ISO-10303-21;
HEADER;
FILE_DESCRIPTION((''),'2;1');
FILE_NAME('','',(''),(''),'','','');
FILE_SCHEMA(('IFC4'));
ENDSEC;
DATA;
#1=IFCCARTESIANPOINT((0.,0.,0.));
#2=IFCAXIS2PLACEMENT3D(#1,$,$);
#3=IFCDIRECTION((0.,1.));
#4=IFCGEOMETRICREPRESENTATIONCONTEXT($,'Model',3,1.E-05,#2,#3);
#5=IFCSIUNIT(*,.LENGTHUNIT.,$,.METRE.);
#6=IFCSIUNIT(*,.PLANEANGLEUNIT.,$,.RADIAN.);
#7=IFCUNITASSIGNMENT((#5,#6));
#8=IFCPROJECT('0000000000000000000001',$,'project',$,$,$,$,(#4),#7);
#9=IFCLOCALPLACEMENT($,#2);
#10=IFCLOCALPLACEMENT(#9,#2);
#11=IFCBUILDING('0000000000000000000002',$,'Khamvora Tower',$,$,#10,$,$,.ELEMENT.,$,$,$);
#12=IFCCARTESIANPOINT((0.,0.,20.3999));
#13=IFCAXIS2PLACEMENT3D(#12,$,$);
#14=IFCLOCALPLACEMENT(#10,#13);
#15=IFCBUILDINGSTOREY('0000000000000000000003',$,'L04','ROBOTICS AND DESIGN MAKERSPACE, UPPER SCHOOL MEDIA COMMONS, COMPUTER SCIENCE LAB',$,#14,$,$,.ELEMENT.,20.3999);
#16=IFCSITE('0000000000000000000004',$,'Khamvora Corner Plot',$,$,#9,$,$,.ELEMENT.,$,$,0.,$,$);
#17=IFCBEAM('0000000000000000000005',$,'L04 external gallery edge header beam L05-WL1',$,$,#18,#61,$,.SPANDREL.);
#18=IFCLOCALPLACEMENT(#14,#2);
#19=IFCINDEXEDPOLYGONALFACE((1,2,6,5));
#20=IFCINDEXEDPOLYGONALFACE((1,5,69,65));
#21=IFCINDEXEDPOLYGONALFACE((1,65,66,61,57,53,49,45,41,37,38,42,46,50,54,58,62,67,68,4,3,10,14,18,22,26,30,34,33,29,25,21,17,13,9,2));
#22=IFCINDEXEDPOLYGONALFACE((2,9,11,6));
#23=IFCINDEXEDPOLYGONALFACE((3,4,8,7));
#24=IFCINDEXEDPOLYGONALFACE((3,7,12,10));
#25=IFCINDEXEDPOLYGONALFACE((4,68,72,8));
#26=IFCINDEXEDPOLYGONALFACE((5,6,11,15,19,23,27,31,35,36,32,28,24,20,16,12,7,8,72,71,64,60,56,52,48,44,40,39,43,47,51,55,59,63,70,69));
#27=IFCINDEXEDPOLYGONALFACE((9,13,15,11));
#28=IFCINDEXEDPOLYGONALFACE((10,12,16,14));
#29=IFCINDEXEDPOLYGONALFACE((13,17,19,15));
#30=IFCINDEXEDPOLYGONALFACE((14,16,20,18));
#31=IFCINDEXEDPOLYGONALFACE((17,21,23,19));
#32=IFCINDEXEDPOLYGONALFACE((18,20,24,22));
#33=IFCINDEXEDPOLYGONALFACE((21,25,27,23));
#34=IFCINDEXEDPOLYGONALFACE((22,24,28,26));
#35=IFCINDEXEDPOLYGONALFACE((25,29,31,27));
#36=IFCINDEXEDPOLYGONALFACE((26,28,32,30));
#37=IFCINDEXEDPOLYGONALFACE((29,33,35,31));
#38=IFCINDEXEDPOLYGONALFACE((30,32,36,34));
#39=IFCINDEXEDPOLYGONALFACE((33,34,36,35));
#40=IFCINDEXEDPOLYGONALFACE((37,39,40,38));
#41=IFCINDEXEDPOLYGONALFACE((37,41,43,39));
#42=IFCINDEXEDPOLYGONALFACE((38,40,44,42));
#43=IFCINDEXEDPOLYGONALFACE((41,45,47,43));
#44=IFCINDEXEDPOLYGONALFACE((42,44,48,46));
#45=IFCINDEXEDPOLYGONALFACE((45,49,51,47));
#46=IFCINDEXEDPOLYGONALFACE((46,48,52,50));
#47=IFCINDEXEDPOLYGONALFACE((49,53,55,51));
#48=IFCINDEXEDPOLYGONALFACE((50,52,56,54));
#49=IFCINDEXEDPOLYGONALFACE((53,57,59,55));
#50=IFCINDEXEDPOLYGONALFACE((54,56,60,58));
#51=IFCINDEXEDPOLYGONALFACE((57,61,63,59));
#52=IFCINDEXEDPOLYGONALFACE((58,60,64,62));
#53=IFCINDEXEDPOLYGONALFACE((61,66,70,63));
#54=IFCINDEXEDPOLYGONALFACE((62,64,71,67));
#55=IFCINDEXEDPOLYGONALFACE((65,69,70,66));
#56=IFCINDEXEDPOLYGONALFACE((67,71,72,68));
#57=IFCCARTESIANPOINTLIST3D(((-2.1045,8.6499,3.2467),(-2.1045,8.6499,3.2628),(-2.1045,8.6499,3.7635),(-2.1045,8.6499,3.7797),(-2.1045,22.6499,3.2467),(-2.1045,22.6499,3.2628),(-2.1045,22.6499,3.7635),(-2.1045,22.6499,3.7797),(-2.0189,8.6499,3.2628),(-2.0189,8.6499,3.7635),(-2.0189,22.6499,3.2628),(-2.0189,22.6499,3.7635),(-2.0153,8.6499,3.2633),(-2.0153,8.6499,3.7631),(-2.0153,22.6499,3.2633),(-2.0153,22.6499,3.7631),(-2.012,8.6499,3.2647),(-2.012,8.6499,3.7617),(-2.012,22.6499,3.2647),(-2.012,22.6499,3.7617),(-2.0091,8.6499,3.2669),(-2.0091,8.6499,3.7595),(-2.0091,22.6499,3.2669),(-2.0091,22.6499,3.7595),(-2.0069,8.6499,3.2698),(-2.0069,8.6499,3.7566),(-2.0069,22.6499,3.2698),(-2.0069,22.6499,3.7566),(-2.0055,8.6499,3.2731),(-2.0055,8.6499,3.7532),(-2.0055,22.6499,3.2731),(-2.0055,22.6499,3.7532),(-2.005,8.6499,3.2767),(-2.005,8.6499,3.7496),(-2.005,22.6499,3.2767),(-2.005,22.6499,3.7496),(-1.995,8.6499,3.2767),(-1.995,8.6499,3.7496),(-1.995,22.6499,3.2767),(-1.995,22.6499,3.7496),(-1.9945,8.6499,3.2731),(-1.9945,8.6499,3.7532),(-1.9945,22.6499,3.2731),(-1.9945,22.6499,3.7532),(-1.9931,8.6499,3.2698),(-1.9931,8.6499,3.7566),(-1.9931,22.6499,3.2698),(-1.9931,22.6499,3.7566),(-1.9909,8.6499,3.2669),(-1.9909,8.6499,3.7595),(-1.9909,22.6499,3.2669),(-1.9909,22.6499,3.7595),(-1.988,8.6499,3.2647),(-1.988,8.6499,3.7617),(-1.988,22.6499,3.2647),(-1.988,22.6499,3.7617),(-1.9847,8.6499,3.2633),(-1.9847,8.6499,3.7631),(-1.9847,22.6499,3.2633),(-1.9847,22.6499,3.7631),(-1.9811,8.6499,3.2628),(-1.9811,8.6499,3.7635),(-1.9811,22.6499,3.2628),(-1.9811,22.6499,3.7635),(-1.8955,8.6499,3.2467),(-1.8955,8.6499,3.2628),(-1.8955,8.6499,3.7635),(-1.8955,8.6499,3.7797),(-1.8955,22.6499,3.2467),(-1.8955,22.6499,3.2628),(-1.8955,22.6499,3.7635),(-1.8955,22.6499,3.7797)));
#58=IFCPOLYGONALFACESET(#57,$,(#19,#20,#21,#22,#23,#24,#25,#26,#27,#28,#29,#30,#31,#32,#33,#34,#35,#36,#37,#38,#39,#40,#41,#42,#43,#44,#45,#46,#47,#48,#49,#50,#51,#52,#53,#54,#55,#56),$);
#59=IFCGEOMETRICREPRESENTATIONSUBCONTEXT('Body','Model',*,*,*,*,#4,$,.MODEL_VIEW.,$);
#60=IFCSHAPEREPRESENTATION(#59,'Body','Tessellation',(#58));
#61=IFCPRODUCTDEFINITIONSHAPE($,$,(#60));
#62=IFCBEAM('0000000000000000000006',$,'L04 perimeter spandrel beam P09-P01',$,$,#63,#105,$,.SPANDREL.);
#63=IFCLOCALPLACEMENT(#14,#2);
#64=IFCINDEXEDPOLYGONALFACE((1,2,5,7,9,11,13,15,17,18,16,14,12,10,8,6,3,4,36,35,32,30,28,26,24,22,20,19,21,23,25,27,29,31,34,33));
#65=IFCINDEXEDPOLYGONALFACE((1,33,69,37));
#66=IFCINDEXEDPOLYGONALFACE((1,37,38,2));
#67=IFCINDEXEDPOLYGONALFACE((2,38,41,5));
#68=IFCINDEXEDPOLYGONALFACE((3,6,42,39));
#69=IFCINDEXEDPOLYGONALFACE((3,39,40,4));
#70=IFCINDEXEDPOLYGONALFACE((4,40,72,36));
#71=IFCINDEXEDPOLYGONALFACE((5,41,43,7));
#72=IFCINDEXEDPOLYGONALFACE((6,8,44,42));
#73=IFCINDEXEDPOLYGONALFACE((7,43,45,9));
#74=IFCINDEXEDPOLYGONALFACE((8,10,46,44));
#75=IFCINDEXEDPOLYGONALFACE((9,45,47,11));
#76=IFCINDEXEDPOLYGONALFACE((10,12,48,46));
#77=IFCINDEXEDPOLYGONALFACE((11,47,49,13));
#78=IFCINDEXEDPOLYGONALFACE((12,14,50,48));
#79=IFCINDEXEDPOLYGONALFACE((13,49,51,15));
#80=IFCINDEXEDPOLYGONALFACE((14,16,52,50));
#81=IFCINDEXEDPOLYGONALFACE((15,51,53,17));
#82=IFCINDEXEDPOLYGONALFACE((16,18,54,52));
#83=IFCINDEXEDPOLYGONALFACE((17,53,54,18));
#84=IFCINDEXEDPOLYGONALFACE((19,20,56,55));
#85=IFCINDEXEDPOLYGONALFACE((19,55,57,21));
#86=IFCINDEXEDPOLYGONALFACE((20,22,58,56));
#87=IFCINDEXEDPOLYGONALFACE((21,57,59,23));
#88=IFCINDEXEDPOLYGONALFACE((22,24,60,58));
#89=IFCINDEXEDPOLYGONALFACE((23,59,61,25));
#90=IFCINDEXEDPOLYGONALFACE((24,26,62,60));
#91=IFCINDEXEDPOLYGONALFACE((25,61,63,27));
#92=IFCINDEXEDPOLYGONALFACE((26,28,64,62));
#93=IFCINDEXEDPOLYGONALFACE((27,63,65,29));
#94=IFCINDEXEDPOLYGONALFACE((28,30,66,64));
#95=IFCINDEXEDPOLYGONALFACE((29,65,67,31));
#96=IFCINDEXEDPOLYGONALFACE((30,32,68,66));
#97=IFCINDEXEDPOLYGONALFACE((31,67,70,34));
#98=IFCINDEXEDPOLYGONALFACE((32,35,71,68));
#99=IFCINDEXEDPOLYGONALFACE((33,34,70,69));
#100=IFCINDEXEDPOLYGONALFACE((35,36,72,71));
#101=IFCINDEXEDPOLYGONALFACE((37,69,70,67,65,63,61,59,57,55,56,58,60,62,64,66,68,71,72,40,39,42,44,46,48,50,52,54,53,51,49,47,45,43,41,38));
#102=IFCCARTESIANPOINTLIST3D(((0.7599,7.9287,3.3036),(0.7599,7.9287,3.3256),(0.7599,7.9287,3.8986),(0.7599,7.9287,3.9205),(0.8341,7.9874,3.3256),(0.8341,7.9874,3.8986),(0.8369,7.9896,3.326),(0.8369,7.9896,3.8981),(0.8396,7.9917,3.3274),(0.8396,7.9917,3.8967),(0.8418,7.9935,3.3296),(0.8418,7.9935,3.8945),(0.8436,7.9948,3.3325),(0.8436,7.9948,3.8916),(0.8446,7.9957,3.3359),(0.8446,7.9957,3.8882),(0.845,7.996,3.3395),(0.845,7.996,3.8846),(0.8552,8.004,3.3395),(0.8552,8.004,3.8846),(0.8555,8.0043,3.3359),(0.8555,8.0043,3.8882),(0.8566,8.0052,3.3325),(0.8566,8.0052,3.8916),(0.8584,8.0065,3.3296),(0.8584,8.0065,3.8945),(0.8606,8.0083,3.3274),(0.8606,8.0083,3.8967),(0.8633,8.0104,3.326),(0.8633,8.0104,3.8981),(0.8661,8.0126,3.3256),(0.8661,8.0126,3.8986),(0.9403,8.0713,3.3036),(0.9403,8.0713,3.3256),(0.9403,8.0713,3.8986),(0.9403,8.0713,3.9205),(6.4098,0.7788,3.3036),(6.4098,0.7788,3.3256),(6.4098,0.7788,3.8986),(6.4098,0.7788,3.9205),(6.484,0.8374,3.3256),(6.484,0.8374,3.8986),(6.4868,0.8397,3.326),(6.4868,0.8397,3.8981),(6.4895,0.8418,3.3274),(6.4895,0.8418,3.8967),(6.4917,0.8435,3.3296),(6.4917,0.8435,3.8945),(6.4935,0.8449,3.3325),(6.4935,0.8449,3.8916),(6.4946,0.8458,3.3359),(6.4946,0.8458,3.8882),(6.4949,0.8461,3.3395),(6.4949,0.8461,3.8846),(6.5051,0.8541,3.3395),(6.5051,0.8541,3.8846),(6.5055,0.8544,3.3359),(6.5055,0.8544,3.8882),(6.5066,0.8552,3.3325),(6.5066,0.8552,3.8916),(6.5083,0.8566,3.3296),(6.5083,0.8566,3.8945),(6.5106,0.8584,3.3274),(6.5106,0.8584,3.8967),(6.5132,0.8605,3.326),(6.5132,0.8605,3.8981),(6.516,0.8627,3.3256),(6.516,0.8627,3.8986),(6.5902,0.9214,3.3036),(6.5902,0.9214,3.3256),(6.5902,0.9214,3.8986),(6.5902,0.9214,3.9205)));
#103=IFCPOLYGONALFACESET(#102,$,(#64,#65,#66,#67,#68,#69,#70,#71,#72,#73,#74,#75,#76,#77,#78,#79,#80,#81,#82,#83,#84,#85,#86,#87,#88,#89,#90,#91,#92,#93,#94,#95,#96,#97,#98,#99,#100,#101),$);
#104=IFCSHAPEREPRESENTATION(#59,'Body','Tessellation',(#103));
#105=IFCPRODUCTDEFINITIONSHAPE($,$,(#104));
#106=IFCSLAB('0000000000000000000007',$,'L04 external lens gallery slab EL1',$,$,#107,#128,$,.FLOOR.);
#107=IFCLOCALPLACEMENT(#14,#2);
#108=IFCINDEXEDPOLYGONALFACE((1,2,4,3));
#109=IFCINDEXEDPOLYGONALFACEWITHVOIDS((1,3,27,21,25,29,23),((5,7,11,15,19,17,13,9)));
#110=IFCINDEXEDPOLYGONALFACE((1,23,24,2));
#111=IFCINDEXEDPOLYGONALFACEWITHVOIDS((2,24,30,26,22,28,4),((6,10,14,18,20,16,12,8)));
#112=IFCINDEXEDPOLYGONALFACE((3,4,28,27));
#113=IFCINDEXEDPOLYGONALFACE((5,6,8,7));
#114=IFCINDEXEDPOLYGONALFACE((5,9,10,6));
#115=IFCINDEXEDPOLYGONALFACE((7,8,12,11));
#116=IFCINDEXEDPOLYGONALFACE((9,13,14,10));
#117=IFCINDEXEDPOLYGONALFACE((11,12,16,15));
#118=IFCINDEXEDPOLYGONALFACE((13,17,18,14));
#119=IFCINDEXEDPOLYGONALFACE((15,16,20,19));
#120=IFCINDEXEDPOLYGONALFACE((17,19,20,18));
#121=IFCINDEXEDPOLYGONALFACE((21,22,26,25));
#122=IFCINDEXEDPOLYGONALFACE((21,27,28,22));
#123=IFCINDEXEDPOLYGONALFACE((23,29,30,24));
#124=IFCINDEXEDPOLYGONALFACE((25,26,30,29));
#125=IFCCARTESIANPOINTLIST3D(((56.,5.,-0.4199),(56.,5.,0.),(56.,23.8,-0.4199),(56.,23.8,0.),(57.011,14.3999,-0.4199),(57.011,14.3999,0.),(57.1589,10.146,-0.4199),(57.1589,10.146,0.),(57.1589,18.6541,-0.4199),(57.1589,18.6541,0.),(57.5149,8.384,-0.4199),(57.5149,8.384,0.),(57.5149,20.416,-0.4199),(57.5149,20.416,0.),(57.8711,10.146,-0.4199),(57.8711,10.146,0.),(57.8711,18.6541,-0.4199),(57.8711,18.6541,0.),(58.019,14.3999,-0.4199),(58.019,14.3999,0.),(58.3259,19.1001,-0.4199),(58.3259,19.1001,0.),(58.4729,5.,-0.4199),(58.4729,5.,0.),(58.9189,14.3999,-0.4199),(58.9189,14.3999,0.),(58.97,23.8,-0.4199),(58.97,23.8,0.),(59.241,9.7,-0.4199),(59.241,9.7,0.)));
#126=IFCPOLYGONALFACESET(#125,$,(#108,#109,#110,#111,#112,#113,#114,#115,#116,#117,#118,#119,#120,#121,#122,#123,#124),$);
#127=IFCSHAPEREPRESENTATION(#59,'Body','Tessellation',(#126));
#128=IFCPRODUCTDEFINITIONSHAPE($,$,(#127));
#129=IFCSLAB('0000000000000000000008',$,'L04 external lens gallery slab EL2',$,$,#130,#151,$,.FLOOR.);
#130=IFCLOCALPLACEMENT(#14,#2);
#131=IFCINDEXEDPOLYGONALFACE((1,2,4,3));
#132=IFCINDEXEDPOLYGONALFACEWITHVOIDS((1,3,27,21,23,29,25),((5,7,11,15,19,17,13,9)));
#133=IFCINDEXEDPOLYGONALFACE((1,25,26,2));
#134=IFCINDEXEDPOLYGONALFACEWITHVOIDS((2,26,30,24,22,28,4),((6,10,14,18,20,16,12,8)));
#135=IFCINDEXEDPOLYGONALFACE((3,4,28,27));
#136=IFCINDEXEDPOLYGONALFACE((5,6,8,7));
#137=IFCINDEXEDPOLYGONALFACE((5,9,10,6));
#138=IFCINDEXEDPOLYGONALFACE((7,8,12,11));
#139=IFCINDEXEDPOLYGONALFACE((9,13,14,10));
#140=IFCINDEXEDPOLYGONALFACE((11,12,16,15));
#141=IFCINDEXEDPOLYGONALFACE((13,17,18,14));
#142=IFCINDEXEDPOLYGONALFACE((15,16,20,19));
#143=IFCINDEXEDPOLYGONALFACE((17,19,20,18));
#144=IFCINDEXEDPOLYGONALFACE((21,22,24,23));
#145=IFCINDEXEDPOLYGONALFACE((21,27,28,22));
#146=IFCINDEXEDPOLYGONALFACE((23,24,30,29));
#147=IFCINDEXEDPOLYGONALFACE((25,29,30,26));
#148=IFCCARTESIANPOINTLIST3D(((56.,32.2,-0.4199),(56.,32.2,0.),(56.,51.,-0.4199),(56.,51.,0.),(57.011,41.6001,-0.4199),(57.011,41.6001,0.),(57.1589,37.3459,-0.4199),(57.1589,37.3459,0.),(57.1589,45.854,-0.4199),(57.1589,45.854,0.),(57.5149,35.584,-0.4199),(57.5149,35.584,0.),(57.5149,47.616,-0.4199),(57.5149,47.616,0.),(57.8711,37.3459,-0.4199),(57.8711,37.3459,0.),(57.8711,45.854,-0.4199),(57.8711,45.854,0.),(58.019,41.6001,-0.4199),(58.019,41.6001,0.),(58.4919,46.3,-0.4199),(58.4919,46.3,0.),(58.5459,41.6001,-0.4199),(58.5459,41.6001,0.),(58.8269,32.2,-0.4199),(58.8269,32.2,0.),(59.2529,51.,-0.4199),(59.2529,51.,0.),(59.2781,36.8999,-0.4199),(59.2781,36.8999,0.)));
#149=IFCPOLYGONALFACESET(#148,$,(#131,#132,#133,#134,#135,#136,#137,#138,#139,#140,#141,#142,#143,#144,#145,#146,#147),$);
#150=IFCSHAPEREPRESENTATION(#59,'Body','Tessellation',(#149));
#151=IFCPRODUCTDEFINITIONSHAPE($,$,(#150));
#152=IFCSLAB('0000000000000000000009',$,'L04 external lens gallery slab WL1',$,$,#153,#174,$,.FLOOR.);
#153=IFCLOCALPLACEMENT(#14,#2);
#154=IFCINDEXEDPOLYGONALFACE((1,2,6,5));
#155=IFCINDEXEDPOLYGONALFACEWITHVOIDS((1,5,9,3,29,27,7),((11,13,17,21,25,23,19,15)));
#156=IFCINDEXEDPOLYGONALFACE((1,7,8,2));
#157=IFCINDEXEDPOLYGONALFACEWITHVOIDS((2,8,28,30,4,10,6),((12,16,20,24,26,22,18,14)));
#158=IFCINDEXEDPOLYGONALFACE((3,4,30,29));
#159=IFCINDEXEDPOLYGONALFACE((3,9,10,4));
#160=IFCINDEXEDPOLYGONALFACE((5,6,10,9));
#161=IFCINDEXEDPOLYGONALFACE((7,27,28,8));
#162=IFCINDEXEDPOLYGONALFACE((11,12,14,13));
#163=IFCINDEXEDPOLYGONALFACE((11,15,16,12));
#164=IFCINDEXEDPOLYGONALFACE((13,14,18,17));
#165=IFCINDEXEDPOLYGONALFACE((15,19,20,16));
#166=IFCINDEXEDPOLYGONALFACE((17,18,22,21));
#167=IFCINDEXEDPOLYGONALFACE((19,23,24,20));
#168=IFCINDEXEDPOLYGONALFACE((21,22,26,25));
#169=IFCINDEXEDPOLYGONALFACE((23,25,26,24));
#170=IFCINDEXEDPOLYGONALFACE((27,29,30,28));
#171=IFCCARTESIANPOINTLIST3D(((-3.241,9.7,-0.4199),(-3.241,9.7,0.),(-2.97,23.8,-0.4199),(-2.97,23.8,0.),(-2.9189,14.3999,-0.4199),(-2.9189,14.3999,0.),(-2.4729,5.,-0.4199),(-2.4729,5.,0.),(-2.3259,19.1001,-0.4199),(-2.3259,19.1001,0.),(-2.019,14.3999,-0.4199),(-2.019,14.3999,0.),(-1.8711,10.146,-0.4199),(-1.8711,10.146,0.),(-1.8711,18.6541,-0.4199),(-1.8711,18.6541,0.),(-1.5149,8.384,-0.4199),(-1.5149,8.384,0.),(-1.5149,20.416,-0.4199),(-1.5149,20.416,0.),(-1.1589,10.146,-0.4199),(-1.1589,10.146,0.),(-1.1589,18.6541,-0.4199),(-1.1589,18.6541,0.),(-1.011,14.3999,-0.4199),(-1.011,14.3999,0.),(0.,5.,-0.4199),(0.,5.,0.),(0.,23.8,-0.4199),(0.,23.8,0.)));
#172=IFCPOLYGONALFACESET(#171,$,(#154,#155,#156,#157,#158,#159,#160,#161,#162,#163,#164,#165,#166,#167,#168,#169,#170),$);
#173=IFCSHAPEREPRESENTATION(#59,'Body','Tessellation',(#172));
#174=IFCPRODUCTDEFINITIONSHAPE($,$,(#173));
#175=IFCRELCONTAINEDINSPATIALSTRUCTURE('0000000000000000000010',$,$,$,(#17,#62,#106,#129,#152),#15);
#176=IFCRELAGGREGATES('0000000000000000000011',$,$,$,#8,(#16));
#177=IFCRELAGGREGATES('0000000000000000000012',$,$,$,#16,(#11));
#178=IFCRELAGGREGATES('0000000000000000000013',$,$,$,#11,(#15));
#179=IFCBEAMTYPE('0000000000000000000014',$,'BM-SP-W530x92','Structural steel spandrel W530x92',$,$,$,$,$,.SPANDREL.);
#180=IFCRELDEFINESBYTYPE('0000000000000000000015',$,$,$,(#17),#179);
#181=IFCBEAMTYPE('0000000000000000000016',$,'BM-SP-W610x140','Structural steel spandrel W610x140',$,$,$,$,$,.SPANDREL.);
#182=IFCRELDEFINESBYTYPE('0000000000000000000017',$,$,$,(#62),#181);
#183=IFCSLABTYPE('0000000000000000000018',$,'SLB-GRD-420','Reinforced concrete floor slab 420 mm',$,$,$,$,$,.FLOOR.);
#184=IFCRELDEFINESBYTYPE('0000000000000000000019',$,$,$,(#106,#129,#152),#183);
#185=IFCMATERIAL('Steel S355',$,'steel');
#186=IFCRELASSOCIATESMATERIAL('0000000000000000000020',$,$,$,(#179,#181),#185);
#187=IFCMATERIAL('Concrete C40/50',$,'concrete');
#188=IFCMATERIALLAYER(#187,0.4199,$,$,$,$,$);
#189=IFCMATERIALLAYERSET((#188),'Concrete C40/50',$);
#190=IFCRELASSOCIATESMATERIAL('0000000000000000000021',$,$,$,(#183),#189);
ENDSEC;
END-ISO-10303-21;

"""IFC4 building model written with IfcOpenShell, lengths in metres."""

from ifc_helpers import new_model, si_unit, direction, frame, origin, origin_2d, place, context, subcontext, project, spatial, polyline, i_section, outline, extrude, material, layer, layer_set, material_profile, profile_set, type_object, element, save


model = new_model("IFC4")

# Units and contexts
model_context = context("Model", 3, precision=1e-05, world=origin(), true_north=direction((0.0, 1.0)))
body_context = subcontext(model_context, "Body", "Model", "MODEL_VIEW")
ifc_project = project(units=[si_unit("LENGTHUNIT", "METRE"), si_unit("PLANEANGLEUNIT", "RADIAN")], contexts=[model_context])

# Site, building, storey
site_placement = place(None, origin())
site = spatial("IfcSite", under=ifc_project, at=site_placement, Name="Khamvora Corner Plot", CompositionType="ELEMENT", RefElevation=0.0)
building_placement = place(site_placement, origin())
building = spatial("IfcBuilding", under=site, at=building_placement, Name="Khamvora Tower", CompositionType="ELEMENT")
storey_placement = place(building_placement, frame((0.0, 0.0, 20.3999)))
storey = spatial("IfcBuildingStorey", under=building, at=storey_placement, Name="L04", Description="ROBOTICS AND DESIGN MAKERSPACE, UPPER SCHOOL MEDIA COMMONS, COMPUTER SCIENCE LAB", CompositionType="ELEMENT", Elevation=20.3999)

# Beams
ifc_material_1 = material(Name="Steel S355", Category="steel")
ifc_material_profile_1 = material_profile(ifc_material_1, i_section(OverallWidth=0.209, OverallDepth=0.533, WebThickness=0.01, FlangeThickness=0.0161, FilletRadius=0.0139, at=origin_2d()), Name="W530x92")
ifc_profile_set_1 = profile_set([ifc_material_profile_1], Name="Steel S355")
beam_type_1 = type_object("IfcBeamType", Name="BM-SP-W530x92", Description="Structural steel spandrel W530x92", PredefinedType="SPANDREL", material=ifc_profile_set_1)
beam_1_placement = place(storey_placement, frame((-2.0, 8.6499, 3.5132), z_axis=(0.0, 1.0, 0.0), x_axis=(-1.0, 0.0, 0.0)))
element("IfcBeam", 1, at=beam_1_placement, inside=storey, type_object=beam_type_1, Name="L04 external gallery edge header beam L05-WL1", PredefinedType="SPANDREL", context=body_context, shape_type="SweptSolid", body=[
    extrude(i_section(OverallWidth=0.209, OverallDepth=0.533, WebThickness=0.01, FlangeThickness=0.0161, FilletRadius=0.0139, at=origin_2d()), origin(), (0.0, 0.0, 1.0), 14.0),
])
ifc_material_profile_2 = material_profile(ifc_material_1, i_section(OverallWidth=0.23, OverallDepth=0.6169, WebThickness=0.0129, FlangeThickness=0.022, FilletRadius=0.0139, at=origin_2d()), Name="W610x140")
ifc_profile_set_2 = profile_set([ifc_material_profile_2], Name="Steel S355")
beam_type_2 = type_object("IfcBeamType", Name="BM-SP-W610x140", Description="Structural steel spandrel W610x140", PredefinedType="SPANDREL", material=ifc_profile_set_2)
beam_2_placement = place(storey_placement, frame((0.8501, 8.0, 3.6121), z_axis=(0.619999, -0.784603, 0.0), x_axis=(0.784603, 0.619999, 0.0)))
element("IfcBeam", 2, at=beam_2_placement, inside=storey, type_object=beam_type_2, Name="L04 perimeter spandrel beam P09-P01", PredefinedType="SPANDREL", context=body_context, shape_type="SweptSolid", body=[
    extrude(i_section(OverallWidth=0.23, OverallDepth=0.6169, WebThickness=0.0129, FlangeThickness=0.022, FilletRadius=0.0139, at=origin_2d()), origin(), (0.0, 0.0, 1.0), 9.1128),
])

# Slabs
ifc_material_2 = material(Name="Concrete C40/50", Category="concrete")
ifc_layer_1 = layer(ifc_material_2, 0.4199)
ifc_layer_set_1 = layer_set([ifc_layer_1], Name="Concrete C40/50")
slab_type_1 = type_object("IfcSlabType", Name="SLB-GRD-420", Description="Reinforced concrete floor slab 420 mm", PredefinedType="FLOOR", material=ifc_layer_set_1)
slab_1_placement = place(storey_placement, frame((0.0, 0.0, -0.4199)))
element("IfcSlab", 3, at=slab_1_placement, inside=storey, type_object=slab_type_1, Name="L04 external lens gallery slab EL1", PredefinedType="FLOOR", context=body_context, shape_type="SweptSolid", body=[
    extrude(outline(polyline([(58.4729, 5.0), (59.241, 9.7), (58.9189, 14.3999), (58.3259, 19.1001), (58.97, 23.8), (56.0, 23.8), (56.0, 5.0), (58.4729, 5.0)]), holes=[polyline([(58.019, 14.3999), (57.8711, 18.6541), (57.5149, 20.416), (57.1589, 18.6541), (57.011, 14.3999), (57.1589, 10.146), (57.5149, 8.384), (57.8711, 10.146), (58.019, 14.3999)])]), origin(), (0.0, 0.0, 1.0), 0.4199),
])
slab_2_placement = place(storey_placement, frame((0.0, 0.0, -0.4199)))
element("IfcSlab", 4, at=slab_2_placement, inside=storey, type_object=slab_type_1, Name="L04 external lens gallery slab EL2", PredefinedType="FLOOR", context=body_context, shape_type="SweptSolid", body=[
    extrude(outline(polyline([(58.8269, 32.2), (59.2781, 36.8999), (58.5459, 41.6001), (58.4919, 46.3), (59.2529, 51.0), (56.0, 51.0), (56.0, 32.2), (58.8269, 32.2)]), holes=[polyline([(58.019, 41.6001), (57.8711, 45.854), (57.5149, 47.616), (57.1589, 45.854), (57.011, 41.6001), (57.1589, 37.3459), (57.5149, 35.584), (57.8711, 37.3459), (58.019, 41.6001)])]), origin(), (0.0, 0.0, 1.0), 0.4199),
])
slab_3_placement = place(storey_placement, frame((0.0, 0.0, -0.4199)))
element("IfcSlab", 5, at=slab_3_placement, inside=storey, type_object=slab_type_1, Name="L04 external lens gallery slab WL1", PredefinedType="FLOOR", context=body_context, shape_type="SweptSolid", body=[
    extrude(outline(polyline([(0.0, 5.0), (0.0, 23.8), (-2.97, 23.8), (-2.3259, 19.1001), (-2.9189, 14.3999), (-3.241, 9.7), (-2.4729, 5.0), (0.0, 5.0)]), holes=[polyline([(-1.011, 14.3999), (-1.1589, 18.6541), (-1.5149, 20.416), (-1.8711, 18.6541), (-2.019, 14.3999), (-1.8711, 10.146), (-1.5149, 8.384), (-1.1589, 10.146), (-1.011, 14.3999)])]), origin(), (0.0, 0.0, 1.0), 0.4199),
])

save(model, "model.ifc")
